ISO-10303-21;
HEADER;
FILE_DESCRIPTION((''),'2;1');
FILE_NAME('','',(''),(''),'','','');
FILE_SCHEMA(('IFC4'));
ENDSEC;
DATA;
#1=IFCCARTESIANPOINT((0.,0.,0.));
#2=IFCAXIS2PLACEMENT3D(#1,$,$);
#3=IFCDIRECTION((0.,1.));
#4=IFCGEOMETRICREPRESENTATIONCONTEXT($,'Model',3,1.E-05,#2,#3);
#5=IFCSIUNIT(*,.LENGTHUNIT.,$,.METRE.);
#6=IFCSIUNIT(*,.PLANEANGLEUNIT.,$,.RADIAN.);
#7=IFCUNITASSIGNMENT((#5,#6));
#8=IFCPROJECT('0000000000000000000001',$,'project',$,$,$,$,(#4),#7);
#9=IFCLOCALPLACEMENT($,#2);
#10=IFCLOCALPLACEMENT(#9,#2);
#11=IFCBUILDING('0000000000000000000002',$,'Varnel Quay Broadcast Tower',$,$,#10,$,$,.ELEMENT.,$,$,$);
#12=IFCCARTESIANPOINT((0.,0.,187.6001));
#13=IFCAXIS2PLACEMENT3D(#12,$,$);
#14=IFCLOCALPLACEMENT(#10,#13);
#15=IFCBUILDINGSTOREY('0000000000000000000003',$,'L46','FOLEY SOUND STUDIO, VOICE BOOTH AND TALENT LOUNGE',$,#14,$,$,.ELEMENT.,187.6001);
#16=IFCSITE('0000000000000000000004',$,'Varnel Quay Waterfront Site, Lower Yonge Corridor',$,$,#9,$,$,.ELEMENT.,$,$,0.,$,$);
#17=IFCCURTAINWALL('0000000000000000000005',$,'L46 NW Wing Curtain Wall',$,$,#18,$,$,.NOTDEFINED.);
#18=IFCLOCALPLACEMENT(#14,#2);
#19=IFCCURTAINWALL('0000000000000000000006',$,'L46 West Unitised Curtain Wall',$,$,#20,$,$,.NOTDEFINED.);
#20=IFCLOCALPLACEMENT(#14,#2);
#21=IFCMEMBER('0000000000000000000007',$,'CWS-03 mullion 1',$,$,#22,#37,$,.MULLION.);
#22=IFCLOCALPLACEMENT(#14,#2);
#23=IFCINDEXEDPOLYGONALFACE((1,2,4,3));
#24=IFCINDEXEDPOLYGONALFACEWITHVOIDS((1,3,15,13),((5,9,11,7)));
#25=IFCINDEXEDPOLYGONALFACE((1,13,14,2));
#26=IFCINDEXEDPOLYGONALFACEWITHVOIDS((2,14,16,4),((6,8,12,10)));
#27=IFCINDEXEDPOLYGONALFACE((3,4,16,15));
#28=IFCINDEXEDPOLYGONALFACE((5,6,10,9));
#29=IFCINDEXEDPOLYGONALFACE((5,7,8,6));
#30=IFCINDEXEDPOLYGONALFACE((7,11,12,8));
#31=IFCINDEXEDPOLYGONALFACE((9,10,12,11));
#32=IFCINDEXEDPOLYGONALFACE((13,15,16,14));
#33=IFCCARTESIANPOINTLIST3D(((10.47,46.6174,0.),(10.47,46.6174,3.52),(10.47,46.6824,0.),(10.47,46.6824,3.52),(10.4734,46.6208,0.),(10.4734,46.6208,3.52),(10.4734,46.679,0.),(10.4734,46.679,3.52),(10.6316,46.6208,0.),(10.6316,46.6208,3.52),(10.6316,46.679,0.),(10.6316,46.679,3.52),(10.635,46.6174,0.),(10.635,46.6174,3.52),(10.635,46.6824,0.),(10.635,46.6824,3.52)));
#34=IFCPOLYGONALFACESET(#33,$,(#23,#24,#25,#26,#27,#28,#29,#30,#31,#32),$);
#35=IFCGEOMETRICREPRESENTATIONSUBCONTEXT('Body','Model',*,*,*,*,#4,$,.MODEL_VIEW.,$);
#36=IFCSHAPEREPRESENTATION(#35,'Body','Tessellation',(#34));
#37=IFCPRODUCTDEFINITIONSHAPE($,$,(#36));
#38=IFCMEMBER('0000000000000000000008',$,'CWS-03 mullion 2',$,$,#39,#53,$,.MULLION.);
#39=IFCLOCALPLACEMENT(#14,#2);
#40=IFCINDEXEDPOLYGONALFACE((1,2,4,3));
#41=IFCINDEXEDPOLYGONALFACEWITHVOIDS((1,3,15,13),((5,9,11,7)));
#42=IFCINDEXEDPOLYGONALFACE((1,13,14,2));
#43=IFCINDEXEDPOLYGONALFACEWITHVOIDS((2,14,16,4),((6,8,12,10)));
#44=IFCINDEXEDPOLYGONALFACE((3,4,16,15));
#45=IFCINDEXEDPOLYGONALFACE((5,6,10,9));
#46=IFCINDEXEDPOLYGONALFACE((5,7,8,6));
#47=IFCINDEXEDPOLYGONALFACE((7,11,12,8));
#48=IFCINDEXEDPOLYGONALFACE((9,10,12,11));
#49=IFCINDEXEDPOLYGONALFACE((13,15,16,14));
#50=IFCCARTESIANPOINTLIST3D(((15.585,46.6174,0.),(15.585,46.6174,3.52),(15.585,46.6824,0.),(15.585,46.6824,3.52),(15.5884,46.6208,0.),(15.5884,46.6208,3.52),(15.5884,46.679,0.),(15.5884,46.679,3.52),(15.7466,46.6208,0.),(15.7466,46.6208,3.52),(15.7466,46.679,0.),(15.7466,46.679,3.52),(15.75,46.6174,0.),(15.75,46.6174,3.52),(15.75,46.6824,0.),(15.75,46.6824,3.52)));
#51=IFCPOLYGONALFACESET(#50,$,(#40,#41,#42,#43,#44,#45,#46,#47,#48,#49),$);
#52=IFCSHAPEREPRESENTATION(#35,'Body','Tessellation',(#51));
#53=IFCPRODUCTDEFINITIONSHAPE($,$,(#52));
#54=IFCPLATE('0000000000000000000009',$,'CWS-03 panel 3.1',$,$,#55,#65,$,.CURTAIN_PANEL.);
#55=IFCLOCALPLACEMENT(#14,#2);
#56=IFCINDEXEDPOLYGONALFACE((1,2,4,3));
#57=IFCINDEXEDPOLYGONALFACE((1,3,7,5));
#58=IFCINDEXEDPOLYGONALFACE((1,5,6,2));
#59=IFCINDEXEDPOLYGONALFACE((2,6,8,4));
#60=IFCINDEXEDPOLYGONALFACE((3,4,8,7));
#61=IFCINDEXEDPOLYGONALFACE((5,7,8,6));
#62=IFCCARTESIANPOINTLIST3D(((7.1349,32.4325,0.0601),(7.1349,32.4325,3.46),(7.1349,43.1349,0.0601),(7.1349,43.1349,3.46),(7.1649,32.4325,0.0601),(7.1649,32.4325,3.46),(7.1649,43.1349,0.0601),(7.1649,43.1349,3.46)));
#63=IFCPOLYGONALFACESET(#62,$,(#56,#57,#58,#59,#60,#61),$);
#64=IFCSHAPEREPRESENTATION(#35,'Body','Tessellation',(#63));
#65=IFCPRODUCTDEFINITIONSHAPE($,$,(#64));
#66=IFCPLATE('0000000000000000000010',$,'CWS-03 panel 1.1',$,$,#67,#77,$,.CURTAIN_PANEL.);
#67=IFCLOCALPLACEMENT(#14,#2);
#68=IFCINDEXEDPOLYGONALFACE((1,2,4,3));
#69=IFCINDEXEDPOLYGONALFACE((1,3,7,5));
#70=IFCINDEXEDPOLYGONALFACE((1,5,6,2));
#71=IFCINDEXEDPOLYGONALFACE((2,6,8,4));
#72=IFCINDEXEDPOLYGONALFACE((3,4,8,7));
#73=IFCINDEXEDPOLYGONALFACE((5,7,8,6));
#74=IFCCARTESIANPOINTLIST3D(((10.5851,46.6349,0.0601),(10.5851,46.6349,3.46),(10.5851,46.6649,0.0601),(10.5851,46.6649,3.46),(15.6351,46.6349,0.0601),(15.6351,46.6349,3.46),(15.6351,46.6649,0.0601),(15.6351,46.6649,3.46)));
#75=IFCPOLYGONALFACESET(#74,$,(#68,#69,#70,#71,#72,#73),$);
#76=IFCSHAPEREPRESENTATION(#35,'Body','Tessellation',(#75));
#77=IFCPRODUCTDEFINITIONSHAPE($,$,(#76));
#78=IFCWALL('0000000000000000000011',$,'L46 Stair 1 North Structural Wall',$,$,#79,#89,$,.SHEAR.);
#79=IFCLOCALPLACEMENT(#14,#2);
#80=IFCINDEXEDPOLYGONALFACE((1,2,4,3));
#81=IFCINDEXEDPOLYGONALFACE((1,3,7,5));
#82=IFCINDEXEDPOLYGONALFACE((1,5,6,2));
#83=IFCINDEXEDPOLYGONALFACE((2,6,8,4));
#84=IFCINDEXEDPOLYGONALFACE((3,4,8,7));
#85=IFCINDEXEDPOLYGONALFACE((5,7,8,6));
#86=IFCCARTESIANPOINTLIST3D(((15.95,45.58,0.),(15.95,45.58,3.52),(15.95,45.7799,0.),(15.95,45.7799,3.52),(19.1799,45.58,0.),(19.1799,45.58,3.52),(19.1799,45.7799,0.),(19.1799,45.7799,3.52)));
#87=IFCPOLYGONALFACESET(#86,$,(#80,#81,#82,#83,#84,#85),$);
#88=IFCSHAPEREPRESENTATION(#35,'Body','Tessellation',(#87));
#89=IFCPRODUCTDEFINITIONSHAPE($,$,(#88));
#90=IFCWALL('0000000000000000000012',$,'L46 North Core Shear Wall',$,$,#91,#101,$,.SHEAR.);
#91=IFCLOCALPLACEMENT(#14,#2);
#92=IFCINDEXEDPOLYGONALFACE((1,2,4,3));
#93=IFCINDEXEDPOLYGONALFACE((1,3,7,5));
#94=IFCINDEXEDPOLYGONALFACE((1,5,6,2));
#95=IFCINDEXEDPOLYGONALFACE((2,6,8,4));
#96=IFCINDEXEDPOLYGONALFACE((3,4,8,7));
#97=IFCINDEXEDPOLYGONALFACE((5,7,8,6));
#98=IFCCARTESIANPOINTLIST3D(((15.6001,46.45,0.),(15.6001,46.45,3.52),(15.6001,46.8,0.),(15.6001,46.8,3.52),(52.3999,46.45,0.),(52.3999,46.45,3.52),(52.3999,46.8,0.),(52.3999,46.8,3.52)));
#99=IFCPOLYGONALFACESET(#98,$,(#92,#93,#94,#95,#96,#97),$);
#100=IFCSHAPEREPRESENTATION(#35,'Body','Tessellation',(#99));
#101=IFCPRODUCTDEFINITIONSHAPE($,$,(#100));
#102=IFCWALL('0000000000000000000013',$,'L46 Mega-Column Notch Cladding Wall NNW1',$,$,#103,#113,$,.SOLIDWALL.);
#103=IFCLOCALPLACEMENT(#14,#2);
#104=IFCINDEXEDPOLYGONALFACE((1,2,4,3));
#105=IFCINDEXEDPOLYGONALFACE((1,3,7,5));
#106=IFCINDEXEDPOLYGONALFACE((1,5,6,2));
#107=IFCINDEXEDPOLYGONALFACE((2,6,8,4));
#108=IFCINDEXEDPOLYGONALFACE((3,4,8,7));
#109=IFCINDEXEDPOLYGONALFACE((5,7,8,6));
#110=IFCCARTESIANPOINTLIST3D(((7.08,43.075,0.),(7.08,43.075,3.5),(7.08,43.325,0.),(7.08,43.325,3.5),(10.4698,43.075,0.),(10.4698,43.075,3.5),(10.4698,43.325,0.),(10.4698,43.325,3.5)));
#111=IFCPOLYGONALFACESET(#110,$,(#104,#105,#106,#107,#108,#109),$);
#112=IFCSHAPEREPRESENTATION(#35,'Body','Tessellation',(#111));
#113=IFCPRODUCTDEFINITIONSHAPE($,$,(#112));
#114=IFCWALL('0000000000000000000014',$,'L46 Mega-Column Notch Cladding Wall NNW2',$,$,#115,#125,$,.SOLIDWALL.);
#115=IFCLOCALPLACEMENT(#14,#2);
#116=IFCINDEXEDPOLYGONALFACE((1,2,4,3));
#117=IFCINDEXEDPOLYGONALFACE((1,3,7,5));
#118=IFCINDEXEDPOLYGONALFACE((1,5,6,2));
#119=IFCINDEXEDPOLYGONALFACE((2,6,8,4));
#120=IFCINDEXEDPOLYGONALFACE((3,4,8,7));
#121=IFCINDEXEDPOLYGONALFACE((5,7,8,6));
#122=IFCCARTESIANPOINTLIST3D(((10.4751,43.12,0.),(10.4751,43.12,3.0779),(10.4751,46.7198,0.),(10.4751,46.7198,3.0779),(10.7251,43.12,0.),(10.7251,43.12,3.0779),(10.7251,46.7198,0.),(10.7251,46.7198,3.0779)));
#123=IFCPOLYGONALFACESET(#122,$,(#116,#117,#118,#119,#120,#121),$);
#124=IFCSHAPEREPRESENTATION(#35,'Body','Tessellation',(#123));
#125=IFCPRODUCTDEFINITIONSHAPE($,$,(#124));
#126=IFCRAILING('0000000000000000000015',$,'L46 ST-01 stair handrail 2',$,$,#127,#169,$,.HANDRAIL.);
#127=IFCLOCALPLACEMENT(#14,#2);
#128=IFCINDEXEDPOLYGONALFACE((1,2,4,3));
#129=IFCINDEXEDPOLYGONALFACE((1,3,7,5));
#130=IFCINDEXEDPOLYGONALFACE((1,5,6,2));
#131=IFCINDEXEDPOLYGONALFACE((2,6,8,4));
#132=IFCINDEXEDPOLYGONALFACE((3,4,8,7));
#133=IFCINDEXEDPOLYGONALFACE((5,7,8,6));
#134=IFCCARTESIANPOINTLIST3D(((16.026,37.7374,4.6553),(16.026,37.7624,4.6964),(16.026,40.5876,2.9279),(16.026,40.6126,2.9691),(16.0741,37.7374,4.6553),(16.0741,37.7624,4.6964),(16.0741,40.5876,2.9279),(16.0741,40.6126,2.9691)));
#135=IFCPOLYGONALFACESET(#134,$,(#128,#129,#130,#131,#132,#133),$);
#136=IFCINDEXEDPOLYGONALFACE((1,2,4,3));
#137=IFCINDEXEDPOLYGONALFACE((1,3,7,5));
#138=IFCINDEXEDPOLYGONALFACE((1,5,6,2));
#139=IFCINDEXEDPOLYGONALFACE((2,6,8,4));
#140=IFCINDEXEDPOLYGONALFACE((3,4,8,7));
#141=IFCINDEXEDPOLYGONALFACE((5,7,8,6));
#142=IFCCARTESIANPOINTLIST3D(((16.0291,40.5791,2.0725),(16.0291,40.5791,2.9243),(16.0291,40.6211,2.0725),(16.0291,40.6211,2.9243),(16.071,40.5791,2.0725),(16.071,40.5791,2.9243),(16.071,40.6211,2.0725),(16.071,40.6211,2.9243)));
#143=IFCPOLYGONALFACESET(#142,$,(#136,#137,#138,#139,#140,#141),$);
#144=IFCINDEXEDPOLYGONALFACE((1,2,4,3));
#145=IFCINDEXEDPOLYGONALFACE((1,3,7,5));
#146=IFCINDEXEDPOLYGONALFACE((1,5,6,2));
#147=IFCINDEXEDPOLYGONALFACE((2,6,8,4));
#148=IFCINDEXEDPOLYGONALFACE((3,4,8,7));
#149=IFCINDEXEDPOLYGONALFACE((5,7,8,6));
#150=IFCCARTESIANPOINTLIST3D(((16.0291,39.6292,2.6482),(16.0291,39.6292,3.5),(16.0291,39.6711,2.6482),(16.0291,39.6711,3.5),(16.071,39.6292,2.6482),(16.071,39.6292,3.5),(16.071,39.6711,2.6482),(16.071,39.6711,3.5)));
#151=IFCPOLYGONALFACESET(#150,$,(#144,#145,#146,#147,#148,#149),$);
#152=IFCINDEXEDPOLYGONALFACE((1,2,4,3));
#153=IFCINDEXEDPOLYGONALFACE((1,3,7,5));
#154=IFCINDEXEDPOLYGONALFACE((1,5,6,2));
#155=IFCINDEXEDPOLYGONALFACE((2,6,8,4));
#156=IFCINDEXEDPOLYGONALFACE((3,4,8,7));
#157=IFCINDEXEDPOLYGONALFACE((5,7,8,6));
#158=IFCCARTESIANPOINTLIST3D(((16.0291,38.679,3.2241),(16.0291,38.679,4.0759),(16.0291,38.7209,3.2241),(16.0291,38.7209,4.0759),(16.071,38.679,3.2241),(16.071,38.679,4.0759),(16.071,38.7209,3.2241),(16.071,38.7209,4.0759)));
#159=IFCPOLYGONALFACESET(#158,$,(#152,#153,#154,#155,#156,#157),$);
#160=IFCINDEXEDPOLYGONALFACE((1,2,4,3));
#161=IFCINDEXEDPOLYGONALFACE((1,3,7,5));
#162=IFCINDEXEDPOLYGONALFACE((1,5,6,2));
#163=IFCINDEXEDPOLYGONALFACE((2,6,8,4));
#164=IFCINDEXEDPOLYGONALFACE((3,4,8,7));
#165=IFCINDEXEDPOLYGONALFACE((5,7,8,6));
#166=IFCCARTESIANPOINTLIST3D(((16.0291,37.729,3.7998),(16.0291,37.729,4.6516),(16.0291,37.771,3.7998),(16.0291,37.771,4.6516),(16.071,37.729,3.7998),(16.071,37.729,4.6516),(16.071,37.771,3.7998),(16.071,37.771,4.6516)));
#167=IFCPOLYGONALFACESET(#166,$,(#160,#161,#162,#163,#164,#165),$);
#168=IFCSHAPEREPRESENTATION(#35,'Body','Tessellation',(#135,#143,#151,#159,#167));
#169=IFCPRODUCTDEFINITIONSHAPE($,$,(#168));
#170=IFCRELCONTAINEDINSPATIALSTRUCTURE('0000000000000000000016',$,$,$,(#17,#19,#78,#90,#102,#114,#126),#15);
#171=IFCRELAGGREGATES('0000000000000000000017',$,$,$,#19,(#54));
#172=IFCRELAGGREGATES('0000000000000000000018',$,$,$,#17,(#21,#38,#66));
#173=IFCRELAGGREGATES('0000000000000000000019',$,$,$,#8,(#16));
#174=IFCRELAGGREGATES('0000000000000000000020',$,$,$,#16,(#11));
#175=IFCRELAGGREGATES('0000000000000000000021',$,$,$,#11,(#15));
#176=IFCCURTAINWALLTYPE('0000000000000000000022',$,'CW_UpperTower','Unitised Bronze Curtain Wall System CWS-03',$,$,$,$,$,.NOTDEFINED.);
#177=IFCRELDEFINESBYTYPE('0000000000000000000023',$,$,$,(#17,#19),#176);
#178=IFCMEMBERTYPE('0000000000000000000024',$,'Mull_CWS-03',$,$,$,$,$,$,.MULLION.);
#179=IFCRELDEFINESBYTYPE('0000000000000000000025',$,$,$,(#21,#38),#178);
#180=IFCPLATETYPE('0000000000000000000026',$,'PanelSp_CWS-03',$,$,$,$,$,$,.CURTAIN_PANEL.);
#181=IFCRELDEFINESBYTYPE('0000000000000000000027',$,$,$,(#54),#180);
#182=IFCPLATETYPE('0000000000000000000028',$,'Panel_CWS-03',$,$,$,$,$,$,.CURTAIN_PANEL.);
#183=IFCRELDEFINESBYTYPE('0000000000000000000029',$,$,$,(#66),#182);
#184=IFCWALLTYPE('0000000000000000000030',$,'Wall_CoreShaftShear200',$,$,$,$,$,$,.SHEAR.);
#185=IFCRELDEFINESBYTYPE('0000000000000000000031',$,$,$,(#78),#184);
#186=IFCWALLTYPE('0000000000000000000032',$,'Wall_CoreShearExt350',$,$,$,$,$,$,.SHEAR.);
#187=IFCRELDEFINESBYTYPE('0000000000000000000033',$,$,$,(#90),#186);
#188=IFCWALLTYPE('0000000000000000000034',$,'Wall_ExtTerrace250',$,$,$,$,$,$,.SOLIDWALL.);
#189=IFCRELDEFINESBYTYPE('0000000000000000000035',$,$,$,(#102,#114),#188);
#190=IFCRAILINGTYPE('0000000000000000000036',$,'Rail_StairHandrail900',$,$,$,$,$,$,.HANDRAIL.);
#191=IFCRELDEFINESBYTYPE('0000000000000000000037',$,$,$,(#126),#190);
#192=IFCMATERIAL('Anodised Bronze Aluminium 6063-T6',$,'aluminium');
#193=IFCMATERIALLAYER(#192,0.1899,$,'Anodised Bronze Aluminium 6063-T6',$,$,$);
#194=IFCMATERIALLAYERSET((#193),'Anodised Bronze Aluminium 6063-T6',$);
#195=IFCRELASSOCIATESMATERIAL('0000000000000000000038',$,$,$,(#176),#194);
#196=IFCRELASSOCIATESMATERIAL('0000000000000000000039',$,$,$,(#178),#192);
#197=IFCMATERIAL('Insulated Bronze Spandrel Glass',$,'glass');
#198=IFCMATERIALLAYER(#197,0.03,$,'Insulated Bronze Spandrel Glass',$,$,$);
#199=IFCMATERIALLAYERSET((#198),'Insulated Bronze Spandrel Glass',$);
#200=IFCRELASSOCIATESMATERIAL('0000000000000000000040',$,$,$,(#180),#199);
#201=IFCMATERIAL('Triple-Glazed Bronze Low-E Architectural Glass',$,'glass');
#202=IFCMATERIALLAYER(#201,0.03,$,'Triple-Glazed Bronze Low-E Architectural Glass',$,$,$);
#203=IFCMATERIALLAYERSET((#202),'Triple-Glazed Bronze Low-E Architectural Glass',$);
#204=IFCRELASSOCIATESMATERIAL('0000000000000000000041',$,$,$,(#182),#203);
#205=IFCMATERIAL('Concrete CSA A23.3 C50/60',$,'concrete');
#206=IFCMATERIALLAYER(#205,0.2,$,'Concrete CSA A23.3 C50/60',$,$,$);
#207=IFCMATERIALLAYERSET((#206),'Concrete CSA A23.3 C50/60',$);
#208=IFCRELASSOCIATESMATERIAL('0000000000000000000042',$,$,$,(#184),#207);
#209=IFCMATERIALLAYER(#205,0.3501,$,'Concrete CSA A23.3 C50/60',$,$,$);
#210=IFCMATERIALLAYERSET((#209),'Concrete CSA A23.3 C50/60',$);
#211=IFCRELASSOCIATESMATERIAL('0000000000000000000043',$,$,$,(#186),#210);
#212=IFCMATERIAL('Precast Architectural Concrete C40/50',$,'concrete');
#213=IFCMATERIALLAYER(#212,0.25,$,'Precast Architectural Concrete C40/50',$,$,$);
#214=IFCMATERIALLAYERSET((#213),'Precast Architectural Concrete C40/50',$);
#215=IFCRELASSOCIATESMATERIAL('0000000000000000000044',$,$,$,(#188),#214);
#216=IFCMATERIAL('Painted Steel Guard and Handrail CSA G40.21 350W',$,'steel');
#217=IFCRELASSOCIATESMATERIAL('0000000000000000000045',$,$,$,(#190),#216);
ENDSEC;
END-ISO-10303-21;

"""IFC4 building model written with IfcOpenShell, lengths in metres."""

from ifc_helpers import new_model, si_unit, direction, frame, frame_2d, origin, origin_2d, place, context, subcontext, project, spatial, rectangle, hollow_rectangle, extrude, source, transform, mapped, material, layer, layer_set, material_profile, profile_set, type_object, type_shapes, element, aggregate, save


model = new_model("IFC4")

# Units and contexts
model_context = context("Model", 3, precision=1e-05, world=origin(), true_north=direction((0.0, 1.0)))
body_context = subcontext(model_context, "Body", "Model", "MODEL_VIEW")
ifc_project = project(units=[si_unit("LENGTHUNIT", "METRE"), si_unit("PLANEANGLEUNIT", "RADIAN")], contexts=[model_context])

# Site, building, storey
site_placement = place(None, origin())
site = spatial("IfcSite", under=ifc_project, at=site_placement, Name="Varnel Quay Waterfront Site, Lower Yonge Corridor", CompositionType="ELEMENT", RefElevation=0.0)
building_placement = place(site_placement, origin())
building = spatial("IfcBuilding", under=site, at=building_placement, Name="Varnel Quay Broadcast Tower", CompositionType="ELEMENT")
storey_placement = place(building_placement, frame((0.0, 0.0, 187.6001)))
storey = spatial("IfcBuildingStorey", under=building, at=storey_placement, Name="L46", Description="FOLEY SOUND STUDIO, VOICE BOOTH AND TALENT LOUNGE", CompositionType="ELEMENT", Elevation=187.6001)

# Curtain wall
ifc_material_1 = material(Name="Anodised Bronze Aluminium 6063-T6", Category="aluminium")
ifc_layer_1 = layer(ifc_material_1, 0.1899, Name="Anodised Bronze Aluminium 6063-T6")
ifc_layer_set_1 = layer_set([ifc_layer_1], Name="Anodised Bronze Aluminium 6063-T6")
curtain_wall_type = type_object("IfcCurtainWallType", Name="CW_UpperTower", Description="Unitised Bronze Curtain Wall System CWS-03", PredefinedType="NOTDEFINED", material=ifc_layer_set_1)
curtain_wall_1_placement = place(storey_placement, origin())
curtain_wall_1 = element("IfcCurtainWall", 1, at=curtain_wall_1_placement, inside=storey, type_object=curtain_wall_type, Name="L46 NW Wing Curtain Wall", PredefinedType="NOTDEFINED")

# Curtain wall
curtain_wall_2_placement = place(storey_placement, origin())
curtain_wall_2 = element("IfcCurtainWall", 2, at=curtain_wall_2_placement, inside=storey, type_object=curtain_wall_type, Name="L46 West Unitised Curtain Wall", PredefinedType="NOTDEFINED")
ifc_material_profile_1 = material_profile(ifc_material_1, hollow_rectangle(XDim=0.0649, YDim=0.165, WallThickness=0.0034, at=origin_2d()), Name="ALU65X165X3.5")
ifc_profile_set_1 = profile_set([ifc_material_profile_1], Name="Anodised Bronze Aluminium 6063-T6")
member_type_1 = type_object("IfcMemberType", Name="Mull_CWS-03", PredefinedType="MULLION", material=ifc_profile_set_1)
shared_shape_1 = source(origin(), body_context, "Body", "SweptSolid", [
    extrude(hollow_rectangle(XDim=0.0649, YDim=0.165, WallThickness=0.0034, at=origin_2d()), origin(), (0.0, 0.0, 1.0), 3.52),
])
type_shapes(member_type_1, [shared_shape_1])

# Members
member_1_placement = place(storey_placement, frame((10.5525, 46.6499, 0.0), z_axis=(0.0, 0.0, 1.0), x_axis=(0.0, 1.0, 0.0)))
member_1 = element("IfcMember", 3, at=member_1_placement, type_object=member_type_1, Name="CWS-03 mullion 1", PredefinedType="MULLION", context=body_context, shape_type="MappedRepresentation", body=[
    mapped(shared_shape_1, transform((0.0, 0.0, 0.0), x_axis=(1.0, 0.0, 0.0), y_axis=(0.0, 1.0, 0.0), z_axis=(0.0, 0.0, 1.0), scale=1.0)),
])
member_2_placement = place(storey_placement, frame((15.6675, 46.6499, 0.0), z_axis=(0.0, 0.0, 1.0), x_axis=(0.0, 1.0, 0.0)))
member_2 = element("IfcMember", 4, at=member_2_placement, type_object=member_type_1, Name="CWS-03 mullion 2", PredefinedType="MULLION", context=body_context, shape_type="MappedRepresentation", body=[
    mapped(shared_shape_1, transform((0.0, 0.0, 0.0), x_axis=(1.0, 0.0, 0.0), y_axis=(0.0, 1.0, 0.0), z_axis=(0.0, 0.0, 1.0), scale=1.0)),
])

# Plates
ifc_material_2 = material(Name="Insulated Bronze Spandrel Glass", Category="glass")
ifc_layer_2 = layer(ifc_material_2, 0.03, Name="Insulated Bronze Spandrel Glass")
ifc_layer_set_2 = layer_set([ifc_layer_2], Name="Insulated Bronze Spandrel Glass")
plate_type_1 = type_object("IfcPlateType", Name="PanelSp_CWS-03", PredefinedType="CURTAIN_PANEL", material=ifc_layer_set_2)
shared_shape_2 = source(origin(), body_context, "Body", "SweptSolid", [
    extrude(rectangle(XDim=10.7024, YDim=0.03, at=origin_2d()), origin(), (0.0, 0.0, 1.0), 3.3999),
])
type_shapes(plate_type_1, [shared_shape_2])
plate_1_placement = place(storey_placement, frame((7.1499, 37.7837, 0.0601), z_axis=(0.0, 0.0, 1.0), x_axis=(0.0, 1.0, 0.0)))
plate_1 = element("IfcPlate", 5, at=plate_1_placement, type_object=plate_type_1, Name="CWS-03 panel 3.1", PredefinedType="CURTAIN_PANEL", context=body_context, shape_type="MappedRepresentation", body=[
    mapped(shared_shape_2, transform((0.0, 0.0, 0.0), x_axis=(1.0, 0.0, 0.0), y_axis=(0.0, 1.0, 0.0), z_axis=(0.0, 0.0, 1.0), scale=1.0)),
])
aggregate(curtain_wall_2, [plate_1])
ifc_material_3 = material(Name="Triple-Glazed Bronze Low-E Architectural Glass", Category="glass")
ifc_layer_3 = layer(ifc_material_3, 0.03, Name="Triple-Glazed Bronze Low-E Architectural Glass")
ifc_layer_set_3 = layer_set([ifc_layer_3], Name="Triple-Glazed Bronze Low-E Architectural Glass")
plate_type_2 = type_object("IfcPlateType", Name="Panel_CWS-03", PredefinedType="CURTAIN_PANEL", material=ifc_layer_set_3)
shared_shape_3 = source(origin(), body_context, "Body", "SweptSolid", [
    extrude(rectangle(XDim=5.05, YDim=0.03, at=origin_2d()), origin(), (0.0, 0.0, 1.0), 3.3999),
])
type_shapes(plate_type_2, [shared_shape_3])
plate_2_placement = place(storey_placement, frame((13.1101, 46.6499, 0.0601), z_axis=(0.0, 0.0, 1.0), x_axis=(1.0, 0.0, 0.0)))
plate_2 = element("IfcPlate", 6, at=plate_2_placement, type_object=plate_type_2, Name="CWS-03 panel 1.1", PredefinedType="CURTAIN_PANEL", context=body_context, shape_type="MappedRepresentation", body=[
    mapped(shared_shape_3, transform((0.0, 0.0, 0.0), x_axis=(1.0, 0.0, 0.0), y_axis=(0.0, 1.0, 0.0), z_axis=(0.0, 0.0, 1.0), scale=1.0)),
])
aggregate(curtain_wall_1, [member_1, member_2, plate_2])

# Walls
ifc_material_4 = material(Name="Concrete CSA A23.3 C50/60", Category="concrete")
ifc_layer_4 = layer(ifc_material_4, 0.2, Name="Concrete CSA A23.3 C50/60")
ifc_layer_set_4 = layer_set([ifc_layer_4], Name="Concrete CSA A23.3 C50/60")
wall_type_1 = type_object("IfcWallType", Name="Wall_CoreShaftShear200", PredefinedType="SHEAR", material=ifc_layer_set_4)
wall_1_placement = place(storey_placement, frame((15.95, 45.6799, 0.0), z_axis=(0.0, 0.0, 1.0), x_axis=(1.0, 0.0, 0.0)))
element("IfcWall", 7, at=wall_1_placement, inside=storey, type_object=wall_type_1, Name="L46 Stair 1 North Structural Wall", PredefinedType="SHEAR", context=body_context, shape_type="SweptSolid", body=[
    extrude(rectangle(XDim=3.23, YDim=0.2, at=frame_2d((1.615, 0.0))), origin(), (0.0, 0.0, 1.0), 3.52),
])
ifc_layer_5 = layer(ifc_material_4, 0.3501, Name="Concrete CSA A23.3 C50/60")
ifc_layer_set_5 = layer_set([ifc_layer_5], Name="Concrete CSA A23.3 C50/60")
wall_type_2 = type_object("IfcWallType", Name="Wall_CoreShearExt350", PredefinedType="SHEAR", material=ifc_layer_set_5)
wall_2_placement = place(storey_placement, frame((15.6001, 46.625, 0.0), z_axis=(0.0, 0.0, 1.0), x_axis=(1.0, 0.0, 0.0)))
element("IfcWall", 8, at=wall_2_placement, inside=storey, type_object=wall_type_2, Name="L46 North Core Shear Wall", PredefinedType="SHEAR", context=body_context, shape_type="SweptSolid", body=[
    extrude(rectangle(XDim=36.7998, YDim=0.3501, at=frame_2d((18.3999, 0.0))), origin(), (0.0, 0.0, 1.0), 3.52),
])
ifc_material_5 = material(Name="Precast Architectural Concrete C40/50", Category="concrete")
ifc_layer_6 = layer(ifc_material_5, 0.25, Name="Precast Architectural Concrete C40/50")
ifc_layer_set_6 = layer_set([ifc_layer_6], Name="Precast Architectural Concrete C40/50")
wall_type_3 = type_object("IfcWallType", Name="Wall_ExtTerrace250", PredefinedType="SOLIDWALL", material=ifc_layer_set_6)
wall_3_placement = place(storey_placement, frame((7.0801, 43.2, 0.0), z_axis=(0.0, 0.0, 1.0), x_axis=(1.0, 0.0, 0.0)))
element("IfcWall", 9, at=wall_3_placement, inside=storey, type_object=wall_type_3, Name="L46 Mega-Column Notch Cladding Wall NNW1", PredefinedType="SOLIDWALL", context=body_context, shape_type="SweptSolid", body=[
    extrude(rectangle(XDim=3.3899, YDim=0.25, at=frame_2d((1.6948, 0.0))), origin(), (0.0, 0.0, 1.0), 3.5),
])
wall_4_placement = place(storey_placement, frame((10.6001, 43.1201, 0.0), z_axis=(0.0, 0.0, 1.0), x_axis=(0.0, 1.0, 0.0)))
element("IfcWall", 10, at=wall_4_placement, inside=storey, type_object=wall_type_3, Name="L46 Mega-Column Notch Cladding Wall NNW2", PredefinedType="SOLIDWALL", context=body_context, shape_type="SweptSolid", body=[
    extrude(rectangle(XDim=3.5999, YDim=0.25, at=frame_2d((1.7998, 0.0))), origin(), (0.0, 0.0, 1.0), 3.0779),
])

# Railing
ifc_material_6 = material(Name="Painted Steel Guard and Handrail CSA G40.21 350W", Category="steel")
railing_type = type_object("IfcRailingType", Name="Rail_StairHandrail900", PredefinedType="HANDRAIL", material=ifc_material_6)
railing_placement = place(storey_placement, frame((16.05, 40.6001, 2.0725)))
element("IfcRailing", 11, at=railing_placement, inside=storey, type_object=railing_type, Name="L46 ST-01 stair handrail 2", PredefinedType="HANDRAIL", context=body_context, shape_type="SweptSolid", body=[
    extrude(rectangle(XDim=0.0481, YDim=0.0481, at=origin_2d()), frame((0.0, 0.0, 0.876), z_axis=(0.0, -0.855203, 0.518294), x_axis=(1.0, 0.0, 0.0)), (0.0, 0.0, 1.0), 3.3328),
    extrude(rectangle(XDim=0.042, YDim=0.042, at=origin_2d()), origin(), (0.0, 0.0, 1.0), 0.8518),
    extrude(rectangle(XDim=0.042, YDim=0.042, at=origin_2d()), frame((0.0, -0.95, 0.5757)), (0.0, 0.0, 1.0), 0.8518),
    extrude(rectangle(XDim=0.042, YDim=0.042, at=origin_2d()), frame((0.0, -1.9001, 1.1516)), (0.0, 0.0, 1.0), 0.8518),
    extrude(rectangle(XDim=0.042, YDim=0.042, at=origin_2d()), frame((0.0, -2.8501, 1.7273)), (0.0, 0.0, 1.0), 0.8518),
])

save(model, "model.ifc")
